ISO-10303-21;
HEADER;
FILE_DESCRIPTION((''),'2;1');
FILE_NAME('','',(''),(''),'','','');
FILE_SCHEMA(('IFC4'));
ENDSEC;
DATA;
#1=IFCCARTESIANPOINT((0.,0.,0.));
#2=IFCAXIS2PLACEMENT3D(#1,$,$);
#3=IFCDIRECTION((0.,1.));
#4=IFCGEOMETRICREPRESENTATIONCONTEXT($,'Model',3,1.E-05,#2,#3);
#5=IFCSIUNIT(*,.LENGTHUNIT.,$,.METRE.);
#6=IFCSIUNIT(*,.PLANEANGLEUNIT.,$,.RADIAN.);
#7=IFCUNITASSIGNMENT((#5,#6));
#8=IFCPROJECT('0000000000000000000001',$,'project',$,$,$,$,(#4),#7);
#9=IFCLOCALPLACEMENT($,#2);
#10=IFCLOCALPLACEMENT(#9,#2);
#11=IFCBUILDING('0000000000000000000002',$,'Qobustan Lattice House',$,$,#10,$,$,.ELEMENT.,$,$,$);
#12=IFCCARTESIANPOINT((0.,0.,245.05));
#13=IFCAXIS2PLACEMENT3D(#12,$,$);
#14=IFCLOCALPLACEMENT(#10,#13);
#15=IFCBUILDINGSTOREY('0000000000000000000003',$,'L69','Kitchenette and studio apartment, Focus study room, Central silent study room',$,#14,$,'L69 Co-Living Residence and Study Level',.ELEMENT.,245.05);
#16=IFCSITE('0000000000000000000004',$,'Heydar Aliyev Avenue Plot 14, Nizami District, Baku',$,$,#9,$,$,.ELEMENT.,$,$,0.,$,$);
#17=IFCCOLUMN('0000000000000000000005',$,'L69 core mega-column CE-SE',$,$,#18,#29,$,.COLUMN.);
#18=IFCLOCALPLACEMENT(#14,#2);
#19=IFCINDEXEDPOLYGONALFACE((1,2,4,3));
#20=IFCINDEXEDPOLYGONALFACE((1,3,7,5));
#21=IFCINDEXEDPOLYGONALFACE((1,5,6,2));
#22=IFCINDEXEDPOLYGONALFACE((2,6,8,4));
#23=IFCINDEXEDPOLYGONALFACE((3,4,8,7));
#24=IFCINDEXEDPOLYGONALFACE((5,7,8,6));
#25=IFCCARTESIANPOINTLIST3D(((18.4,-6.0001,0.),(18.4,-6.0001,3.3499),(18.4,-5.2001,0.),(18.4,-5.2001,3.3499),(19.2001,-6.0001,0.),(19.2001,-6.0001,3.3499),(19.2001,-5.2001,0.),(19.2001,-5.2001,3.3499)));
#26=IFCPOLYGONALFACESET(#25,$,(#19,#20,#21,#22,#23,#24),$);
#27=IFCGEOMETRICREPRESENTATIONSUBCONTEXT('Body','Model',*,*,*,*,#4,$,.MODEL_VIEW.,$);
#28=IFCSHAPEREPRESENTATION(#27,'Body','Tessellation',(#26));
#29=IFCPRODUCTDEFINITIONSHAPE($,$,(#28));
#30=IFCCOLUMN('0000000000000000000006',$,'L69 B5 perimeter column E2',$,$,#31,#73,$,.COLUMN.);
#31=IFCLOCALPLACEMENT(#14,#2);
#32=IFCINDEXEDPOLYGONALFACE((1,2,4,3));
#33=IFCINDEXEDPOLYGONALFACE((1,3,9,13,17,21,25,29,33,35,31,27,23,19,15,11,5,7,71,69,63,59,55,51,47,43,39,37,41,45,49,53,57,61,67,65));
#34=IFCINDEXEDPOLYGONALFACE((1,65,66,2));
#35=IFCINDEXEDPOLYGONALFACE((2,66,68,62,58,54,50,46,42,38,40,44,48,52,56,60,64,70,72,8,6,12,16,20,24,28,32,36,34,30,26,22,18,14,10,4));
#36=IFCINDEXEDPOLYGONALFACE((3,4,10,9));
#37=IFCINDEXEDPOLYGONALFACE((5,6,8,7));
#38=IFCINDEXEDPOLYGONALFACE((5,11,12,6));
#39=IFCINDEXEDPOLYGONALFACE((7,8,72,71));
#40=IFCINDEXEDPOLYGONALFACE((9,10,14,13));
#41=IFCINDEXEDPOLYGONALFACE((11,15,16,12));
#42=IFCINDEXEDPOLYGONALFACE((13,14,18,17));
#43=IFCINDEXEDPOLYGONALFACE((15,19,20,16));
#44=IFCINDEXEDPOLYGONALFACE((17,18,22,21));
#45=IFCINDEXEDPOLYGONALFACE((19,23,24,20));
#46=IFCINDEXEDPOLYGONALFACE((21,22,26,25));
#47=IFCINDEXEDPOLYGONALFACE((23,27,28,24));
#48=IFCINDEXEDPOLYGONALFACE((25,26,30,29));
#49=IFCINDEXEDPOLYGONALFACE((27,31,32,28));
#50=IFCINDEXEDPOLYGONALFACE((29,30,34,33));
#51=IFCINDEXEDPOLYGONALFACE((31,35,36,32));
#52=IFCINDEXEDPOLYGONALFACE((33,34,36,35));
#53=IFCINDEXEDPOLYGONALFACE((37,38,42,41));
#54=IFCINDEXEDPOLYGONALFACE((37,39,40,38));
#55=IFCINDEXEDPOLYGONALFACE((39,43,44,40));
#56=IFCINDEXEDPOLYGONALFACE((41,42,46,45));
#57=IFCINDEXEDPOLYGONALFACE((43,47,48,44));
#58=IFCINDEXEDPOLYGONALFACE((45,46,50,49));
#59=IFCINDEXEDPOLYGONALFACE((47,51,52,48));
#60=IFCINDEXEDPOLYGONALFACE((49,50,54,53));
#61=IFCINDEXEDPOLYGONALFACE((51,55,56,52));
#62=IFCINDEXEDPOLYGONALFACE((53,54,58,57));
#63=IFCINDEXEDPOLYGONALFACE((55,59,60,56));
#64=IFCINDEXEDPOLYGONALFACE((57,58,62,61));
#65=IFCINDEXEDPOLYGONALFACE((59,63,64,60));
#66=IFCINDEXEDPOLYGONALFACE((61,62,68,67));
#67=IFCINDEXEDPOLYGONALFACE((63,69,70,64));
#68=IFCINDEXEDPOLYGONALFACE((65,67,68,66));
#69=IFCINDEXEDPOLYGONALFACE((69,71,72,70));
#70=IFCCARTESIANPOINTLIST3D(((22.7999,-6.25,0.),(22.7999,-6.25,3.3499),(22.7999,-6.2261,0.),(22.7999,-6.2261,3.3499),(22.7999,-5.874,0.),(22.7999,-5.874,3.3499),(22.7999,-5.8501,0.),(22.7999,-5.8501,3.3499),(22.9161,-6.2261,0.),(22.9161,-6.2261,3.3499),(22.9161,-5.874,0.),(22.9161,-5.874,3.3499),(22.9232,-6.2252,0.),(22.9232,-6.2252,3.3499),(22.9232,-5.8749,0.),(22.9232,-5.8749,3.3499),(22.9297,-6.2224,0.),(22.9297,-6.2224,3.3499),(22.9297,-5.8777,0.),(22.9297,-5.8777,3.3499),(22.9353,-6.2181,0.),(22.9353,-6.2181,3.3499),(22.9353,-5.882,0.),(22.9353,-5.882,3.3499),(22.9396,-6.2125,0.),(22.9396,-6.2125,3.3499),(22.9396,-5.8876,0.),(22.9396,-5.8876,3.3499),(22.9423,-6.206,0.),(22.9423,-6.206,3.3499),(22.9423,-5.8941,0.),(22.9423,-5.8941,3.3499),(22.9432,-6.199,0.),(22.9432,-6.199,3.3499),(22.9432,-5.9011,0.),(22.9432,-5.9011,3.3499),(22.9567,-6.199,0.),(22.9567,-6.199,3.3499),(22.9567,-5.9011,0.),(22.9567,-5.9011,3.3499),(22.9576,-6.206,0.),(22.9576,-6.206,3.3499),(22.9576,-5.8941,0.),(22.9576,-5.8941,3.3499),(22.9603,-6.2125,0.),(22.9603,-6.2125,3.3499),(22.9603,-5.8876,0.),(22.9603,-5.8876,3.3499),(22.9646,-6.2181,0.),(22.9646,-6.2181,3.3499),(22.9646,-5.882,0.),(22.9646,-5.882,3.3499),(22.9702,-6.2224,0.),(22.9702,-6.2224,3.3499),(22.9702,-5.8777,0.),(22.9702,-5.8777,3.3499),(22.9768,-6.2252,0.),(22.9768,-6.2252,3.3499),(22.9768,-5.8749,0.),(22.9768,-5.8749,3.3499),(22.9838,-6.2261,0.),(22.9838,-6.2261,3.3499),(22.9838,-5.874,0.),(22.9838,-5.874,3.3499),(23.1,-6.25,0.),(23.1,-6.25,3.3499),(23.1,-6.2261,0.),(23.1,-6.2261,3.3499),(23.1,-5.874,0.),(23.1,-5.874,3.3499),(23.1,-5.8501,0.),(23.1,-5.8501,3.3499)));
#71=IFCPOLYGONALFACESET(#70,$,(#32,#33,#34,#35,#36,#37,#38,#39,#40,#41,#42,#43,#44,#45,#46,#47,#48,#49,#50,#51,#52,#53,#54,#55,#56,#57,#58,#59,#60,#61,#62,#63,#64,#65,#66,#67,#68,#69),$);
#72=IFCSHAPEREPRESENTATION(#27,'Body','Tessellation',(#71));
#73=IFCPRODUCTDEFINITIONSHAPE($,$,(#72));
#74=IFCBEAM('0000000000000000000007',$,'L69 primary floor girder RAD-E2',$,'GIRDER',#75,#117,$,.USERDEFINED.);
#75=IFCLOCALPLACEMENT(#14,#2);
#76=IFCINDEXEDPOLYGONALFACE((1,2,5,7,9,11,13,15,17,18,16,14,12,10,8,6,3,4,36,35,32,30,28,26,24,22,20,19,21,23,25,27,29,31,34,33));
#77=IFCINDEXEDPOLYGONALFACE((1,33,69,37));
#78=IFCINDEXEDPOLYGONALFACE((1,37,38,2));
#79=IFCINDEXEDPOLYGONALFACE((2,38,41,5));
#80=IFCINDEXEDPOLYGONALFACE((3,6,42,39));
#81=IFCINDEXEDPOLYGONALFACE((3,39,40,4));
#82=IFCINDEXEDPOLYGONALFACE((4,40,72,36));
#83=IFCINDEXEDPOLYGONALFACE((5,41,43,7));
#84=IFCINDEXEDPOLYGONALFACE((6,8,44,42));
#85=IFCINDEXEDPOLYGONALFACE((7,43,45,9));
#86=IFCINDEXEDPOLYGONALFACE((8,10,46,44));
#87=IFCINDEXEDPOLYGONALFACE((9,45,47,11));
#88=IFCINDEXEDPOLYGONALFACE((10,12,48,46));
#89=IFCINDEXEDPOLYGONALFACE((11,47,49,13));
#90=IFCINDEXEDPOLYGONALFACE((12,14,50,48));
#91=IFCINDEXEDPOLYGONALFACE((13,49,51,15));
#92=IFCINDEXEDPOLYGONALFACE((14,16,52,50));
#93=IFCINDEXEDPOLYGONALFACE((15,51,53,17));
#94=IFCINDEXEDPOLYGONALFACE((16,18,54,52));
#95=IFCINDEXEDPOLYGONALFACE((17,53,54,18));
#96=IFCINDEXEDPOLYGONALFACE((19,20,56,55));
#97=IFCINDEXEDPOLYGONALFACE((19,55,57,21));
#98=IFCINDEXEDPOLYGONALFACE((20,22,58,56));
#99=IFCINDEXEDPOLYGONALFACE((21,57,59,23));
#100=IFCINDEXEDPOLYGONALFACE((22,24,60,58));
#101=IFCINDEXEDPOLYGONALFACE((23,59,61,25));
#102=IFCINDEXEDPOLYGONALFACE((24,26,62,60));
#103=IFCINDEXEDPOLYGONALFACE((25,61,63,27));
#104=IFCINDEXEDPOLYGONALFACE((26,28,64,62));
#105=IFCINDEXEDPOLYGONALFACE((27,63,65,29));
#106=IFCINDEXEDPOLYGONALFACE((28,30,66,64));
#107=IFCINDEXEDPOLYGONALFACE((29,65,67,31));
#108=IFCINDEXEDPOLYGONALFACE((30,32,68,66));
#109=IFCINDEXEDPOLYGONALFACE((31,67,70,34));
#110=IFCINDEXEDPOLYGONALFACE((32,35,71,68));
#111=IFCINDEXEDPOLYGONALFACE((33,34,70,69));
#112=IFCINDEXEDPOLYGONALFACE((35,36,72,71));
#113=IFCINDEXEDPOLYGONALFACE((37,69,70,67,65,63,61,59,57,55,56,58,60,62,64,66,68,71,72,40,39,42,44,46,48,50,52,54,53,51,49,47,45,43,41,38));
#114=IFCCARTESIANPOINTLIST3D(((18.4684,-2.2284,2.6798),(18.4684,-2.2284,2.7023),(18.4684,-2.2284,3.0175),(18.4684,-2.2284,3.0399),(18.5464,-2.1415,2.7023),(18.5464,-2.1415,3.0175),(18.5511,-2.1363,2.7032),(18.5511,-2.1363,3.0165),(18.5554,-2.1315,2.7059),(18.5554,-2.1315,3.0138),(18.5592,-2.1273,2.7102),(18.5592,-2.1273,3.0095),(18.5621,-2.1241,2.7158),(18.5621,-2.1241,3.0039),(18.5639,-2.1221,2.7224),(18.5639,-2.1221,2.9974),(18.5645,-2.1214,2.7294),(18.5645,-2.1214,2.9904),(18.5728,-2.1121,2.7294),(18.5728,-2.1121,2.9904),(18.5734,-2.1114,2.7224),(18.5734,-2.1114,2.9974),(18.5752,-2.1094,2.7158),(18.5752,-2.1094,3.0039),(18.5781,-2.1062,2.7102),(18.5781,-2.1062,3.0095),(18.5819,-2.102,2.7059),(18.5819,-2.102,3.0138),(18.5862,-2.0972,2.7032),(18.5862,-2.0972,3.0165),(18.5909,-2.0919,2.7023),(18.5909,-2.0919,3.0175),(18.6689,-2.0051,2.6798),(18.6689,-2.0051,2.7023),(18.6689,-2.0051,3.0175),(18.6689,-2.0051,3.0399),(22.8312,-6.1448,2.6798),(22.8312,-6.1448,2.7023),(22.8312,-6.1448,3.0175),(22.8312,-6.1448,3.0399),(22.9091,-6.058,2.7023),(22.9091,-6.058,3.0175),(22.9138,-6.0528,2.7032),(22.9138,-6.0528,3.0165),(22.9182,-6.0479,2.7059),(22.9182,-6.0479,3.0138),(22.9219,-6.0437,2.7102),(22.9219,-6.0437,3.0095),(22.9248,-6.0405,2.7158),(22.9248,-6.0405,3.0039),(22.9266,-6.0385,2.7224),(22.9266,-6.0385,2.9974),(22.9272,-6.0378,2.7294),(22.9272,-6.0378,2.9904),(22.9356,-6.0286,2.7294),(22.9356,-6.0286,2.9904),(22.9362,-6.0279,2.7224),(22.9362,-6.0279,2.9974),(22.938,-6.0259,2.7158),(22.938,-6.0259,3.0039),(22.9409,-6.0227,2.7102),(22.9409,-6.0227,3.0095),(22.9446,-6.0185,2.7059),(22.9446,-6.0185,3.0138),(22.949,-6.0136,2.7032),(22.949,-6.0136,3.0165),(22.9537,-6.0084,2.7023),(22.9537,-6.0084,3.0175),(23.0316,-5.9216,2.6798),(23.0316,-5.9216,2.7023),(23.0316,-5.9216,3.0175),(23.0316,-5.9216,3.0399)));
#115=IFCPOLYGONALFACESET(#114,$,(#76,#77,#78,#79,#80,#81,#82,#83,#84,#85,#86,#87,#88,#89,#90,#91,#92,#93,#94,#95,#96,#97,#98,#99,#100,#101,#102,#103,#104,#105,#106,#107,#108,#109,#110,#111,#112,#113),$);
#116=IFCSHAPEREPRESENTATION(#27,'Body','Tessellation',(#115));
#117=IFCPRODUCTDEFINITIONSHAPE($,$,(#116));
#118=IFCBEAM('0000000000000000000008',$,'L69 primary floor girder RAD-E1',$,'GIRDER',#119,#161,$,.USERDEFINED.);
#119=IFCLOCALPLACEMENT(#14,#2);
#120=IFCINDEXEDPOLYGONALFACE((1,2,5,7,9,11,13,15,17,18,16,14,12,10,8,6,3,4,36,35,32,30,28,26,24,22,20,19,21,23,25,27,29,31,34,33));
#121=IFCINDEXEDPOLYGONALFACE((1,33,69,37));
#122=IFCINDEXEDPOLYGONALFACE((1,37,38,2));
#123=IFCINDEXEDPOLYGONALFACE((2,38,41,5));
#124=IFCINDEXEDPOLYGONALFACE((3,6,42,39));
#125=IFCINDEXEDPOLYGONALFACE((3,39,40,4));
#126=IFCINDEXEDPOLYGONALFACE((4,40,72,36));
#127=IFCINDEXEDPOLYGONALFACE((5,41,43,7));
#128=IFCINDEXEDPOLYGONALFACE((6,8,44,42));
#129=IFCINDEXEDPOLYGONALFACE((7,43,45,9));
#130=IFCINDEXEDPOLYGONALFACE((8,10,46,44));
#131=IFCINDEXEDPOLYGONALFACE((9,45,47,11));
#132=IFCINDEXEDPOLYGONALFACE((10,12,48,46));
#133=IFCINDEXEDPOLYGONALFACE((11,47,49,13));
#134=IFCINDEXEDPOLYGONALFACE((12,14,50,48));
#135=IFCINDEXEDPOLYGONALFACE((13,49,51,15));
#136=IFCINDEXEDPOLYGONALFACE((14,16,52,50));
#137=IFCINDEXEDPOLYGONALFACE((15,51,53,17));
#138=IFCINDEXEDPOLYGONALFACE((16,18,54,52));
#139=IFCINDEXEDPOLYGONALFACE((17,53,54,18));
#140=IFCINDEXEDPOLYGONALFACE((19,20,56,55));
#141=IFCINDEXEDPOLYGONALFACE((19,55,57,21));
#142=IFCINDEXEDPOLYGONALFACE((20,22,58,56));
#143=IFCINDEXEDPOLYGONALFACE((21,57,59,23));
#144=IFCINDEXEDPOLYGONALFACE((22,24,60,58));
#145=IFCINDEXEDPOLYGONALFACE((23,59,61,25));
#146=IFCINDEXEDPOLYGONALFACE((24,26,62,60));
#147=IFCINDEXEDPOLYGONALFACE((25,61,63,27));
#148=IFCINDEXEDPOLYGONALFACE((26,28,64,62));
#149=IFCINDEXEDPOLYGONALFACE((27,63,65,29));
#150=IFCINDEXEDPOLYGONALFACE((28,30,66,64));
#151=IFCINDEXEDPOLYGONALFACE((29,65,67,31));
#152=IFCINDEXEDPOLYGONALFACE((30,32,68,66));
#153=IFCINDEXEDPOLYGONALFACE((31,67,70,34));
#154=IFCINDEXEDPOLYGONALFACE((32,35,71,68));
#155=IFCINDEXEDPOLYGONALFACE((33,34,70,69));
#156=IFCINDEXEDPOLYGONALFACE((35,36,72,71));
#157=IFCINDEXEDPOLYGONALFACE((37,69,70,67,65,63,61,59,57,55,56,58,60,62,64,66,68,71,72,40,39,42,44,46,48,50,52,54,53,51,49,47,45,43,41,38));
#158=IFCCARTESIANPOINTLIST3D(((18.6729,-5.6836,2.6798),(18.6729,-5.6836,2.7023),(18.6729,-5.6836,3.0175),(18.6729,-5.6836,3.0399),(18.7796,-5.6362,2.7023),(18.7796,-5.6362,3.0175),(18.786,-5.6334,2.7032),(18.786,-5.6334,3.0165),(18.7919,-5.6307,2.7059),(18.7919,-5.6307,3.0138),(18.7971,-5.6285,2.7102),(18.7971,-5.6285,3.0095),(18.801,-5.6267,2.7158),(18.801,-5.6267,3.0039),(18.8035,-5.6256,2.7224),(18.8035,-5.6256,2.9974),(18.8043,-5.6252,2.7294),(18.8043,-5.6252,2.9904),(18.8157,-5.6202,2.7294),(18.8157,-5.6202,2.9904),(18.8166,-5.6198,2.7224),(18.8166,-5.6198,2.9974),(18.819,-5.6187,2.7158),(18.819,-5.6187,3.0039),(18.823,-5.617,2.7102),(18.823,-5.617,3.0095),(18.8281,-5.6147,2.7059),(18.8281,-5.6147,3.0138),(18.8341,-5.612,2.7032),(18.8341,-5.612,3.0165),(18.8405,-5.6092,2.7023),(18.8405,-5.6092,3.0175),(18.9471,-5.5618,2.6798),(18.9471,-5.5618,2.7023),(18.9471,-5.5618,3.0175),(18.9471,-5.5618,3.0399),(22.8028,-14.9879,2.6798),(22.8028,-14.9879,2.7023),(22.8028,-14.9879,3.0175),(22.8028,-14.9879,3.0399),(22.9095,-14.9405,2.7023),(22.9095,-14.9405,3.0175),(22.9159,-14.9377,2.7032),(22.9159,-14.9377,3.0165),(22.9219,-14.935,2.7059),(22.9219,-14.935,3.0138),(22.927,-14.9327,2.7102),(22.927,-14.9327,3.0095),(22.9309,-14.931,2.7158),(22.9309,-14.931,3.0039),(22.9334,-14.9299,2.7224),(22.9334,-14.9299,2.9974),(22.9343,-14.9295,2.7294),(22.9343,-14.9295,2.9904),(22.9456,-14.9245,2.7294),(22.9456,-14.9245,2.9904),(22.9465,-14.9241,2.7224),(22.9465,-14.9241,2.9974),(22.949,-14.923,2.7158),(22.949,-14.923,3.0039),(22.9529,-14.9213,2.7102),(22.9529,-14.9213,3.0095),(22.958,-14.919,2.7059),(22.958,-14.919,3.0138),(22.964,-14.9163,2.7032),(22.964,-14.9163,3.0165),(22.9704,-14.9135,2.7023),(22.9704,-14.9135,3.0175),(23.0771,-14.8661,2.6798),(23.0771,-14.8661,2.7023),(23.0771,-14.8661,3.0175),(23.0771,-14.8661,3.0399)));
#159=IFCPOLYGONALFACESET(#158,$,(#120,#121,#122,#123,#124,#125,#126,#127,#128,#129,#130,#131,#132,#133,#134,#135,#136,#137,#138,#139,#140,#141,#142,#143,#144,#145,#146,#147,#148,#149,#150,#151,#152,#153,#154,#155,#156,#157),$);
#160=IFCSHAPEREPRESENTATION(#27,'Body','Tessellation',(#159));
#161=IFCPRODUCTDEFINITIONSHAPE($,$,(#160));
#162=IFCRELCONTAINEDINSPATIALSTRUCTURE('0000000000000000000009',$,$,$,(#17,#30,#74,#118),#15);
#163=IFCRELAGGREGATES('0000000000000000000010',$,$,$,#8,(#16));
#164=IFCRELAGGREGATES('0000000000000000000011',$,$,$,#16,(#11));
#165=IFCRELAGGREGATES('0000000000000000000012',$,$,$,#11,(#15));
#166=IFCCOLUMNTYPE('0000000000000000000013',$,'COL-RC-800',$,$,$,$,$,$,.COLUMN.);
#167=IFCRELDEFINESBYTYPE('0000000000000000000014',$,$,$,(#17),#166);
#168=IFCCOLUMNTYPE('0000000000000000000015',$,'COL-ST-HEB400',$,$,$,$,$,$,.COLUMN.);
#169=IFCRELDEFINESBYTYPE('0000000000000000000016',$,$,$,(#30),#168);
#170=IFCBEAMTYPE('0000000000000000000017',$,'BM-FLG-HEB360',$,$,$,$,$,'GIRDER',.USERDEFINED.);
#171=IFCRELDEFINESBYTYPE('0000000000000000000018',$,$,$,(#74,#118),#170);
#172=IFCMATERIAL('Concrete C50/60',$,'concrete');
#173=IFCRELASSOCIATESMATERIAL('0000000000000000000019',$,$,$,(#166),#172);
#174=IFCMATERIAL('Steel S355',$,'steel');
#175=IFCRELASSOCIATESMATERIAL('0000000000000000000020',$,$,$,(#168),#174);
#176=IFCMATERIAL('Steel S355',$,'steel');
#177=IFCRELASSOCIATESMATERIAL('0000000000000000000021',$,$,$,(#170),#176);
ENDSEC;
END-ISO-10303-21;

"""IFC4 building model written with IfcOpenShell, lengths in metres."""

from ifc_helpers import new_model, si_unit, direction, frame, origin, origin_2d, place, context, subcontext, project, spatial, rectangle, i_section, extrude, material, material_profile, profile_set, type_object, element, save


model = new_model("IFC4")

# Units and contexts
model_context = context("Model", 3, precision=1e-05, world=origin(), true_north=direction((0.0, 1.0)))
body_context = subcontext(model_context, "Body", "Model", "MODEL_VIEW")
ifc_project = project(units=[si_unit("LENGTHUNIT", "METRE"), si_unit("PLANEANGLEUNIT", "RADIAN")], contexts=[model_context])

# Site, building, storey
site_placement = place(None, origin())
site = spatial("IfcSite", under=ifc_project, at=site_placement, Name="Heydar Aliyev Avenue Plot 14, Nizami District, Baku", CompositionType="ELEMENT", RefElevation=0.0)
building_placement = place(site_placement, origin())
building = spatial("IfcBuilding", under=site, at=building_placement, Name="Qobustan Lattice House", CompositionType="ELEMENT")
storey_placement = place(building_placement, frame((0.0, 0.0, 245.05)))
storey = spatial("IfcBuildingStorey", under=building, at=storey_placement, Name="L69", Description="Kitchenette and studio apartment, Focus study room, Central silent study room", LongName="L69 Co-Living Residence and Study Level", CompositionType="ELEMENT", Elevation=245.05)

# Columns
ifc_material_1 = material(Name="Concrete C50/60", Category="concrete")
ifc_material_profile_1 = material_profile(ifc_material_1, rectangle(XDim=0.8, YDim=0.8, at=origin_2d()), Name="RC800x800")
ifc_profile_set_1 = profile_set([ifc_material_profile_1], Name="Concrete C50/60")
column_type_1 = type_object("IfcColumnType", Name="COL-RC-800", PredefinedType="COLUMN", material=ifc_profile_set_1)
column_1_placement = place(storey_placement, frame((18.8, -5.6001, 0.0), z_axis=(0.0, 0.0, 1.0), x_axis=(1.0, 0.0, 0.0)))
element("IfcColumn", 1, at=column_1_placement, inside=storey, type_object=column_type_1, Name="L69 core mega-column CE-SE", PredefinedType="COLUMN", context=body_context, shape_type="SweptSolid", body=[
    extrude(rectangle(XDim=0.8, YDim=0.8, at=origin_2d()), origin(), (0.0, 0.0, 1.0), 3.3499),
])
ifc_material_2 = material(Name="Steel S355", Category="steel")
ifc_material_profile_2 = material_profile(ifc_material_2, i_section(OverallWidth=0.3, OverallDepth=0.3999, WebThickness=0.0134, FlangeThickness=0.0239, FilletRadius=0.0271, at=origin_2d()), Name="HEB400")
ifc_profile_set_2 = profile_set([ifc_material_profile_2], Name="Steel S355")
column_type_2 = type_object("IfcColumnType", Name="COL-ST-HEB400", PredefinedType="COLUMN", material=ifc_profile_set_2)
column_2_placement = place(storey_placement, frame((22.95, -6.05, 0.0), z_axis=(0.0, 0.0, 1.0), x_axis=(1.0, 0.0, 0.0)))
element("IfcColumn", 2, at=column_2_placement, inside=storey, type_object=column_type_2, Name="L69 B5 perimeter column E2", PredefinedType="COLUMN", context=body_context, shape_type="SweptSolid", body=[
    extrude(i_section(OverallWidth=0.3, OverallDepth=0.3999, WebThickness=0.0134, FlangeThickness=0.0239, FilletRadius=0.0271, at=origin_2d()), origin(), (0.0, 0.0, 1.0), 3.3499),
])

# Beams
ifc_material_3 = material(Name="Steel S355", Category="steel")
ifc_material_profile_3 = material_profile(ifc_material_3, i_section(OverallWidth=0.3, OverallDepth=0.3601, WebThickness=0.0125, FlangeThickness=0.0225, FilletRadius=0.0271, at=origin_2d()), Name="HEB360")
ifc_profile_set_3 = profile_set([ifc_material_profile_3], Name="Steel S355")
beam_type_1 = type_object("IfcBeamType", Name="BM-FLG-HEB360", ElementType="GIRDER", PredefinedType="USERDEFINED", material=ifc_profile_set_3)
beam_1_placement = place(storey_placement, frame((22.9314, -6.0332, 2.8599), z_axis=(-0.744142, 0.668021, 0.0), x_axis=(-0.668021, -0.744142, 0.0)))
element("IfcBeam", 3, at=beam_1_placement, inside=storey, type_object=beam_type_1, Name="L69 primary floor girder RAD-E2", ObjectType="GIRDER", PredefinedType="USERDEFINED", context=body_context, shape_type="SweptSolid", body=[
    extrude(i_section(OverallWidth=0.3, OverallDepth=0.3601, WebThickness=0.0125, FlangeThickness=0.0225, FilletRadius=0.0271, at=origin_2d()), origin(), (0.0, 0.0, 1.0), 5.8628),
])
beam_2_placement = place(storey_placement, frame((22.9399, -14.927, 2.8599), z_axis=(-0.405702, 0.914005, 0.0), x_axis=(-0.914005, -0.405702, 0.0)))
element("IfcBeam", 4, at=beam_2_placement, inside=storey, type_object=beam_type_1, Name="L69 primary floor girder RAD-E1", ObjectType="GIRDER", PredefinedType="USERDEFINED", context=body_context, shape_type="SweptSolid", body=[
    extrude(i_section(OverallWidth=0.3, OverallDepth=0.3601, WebThickness=0.0125, FlangeThickness=0.0225, FilletRadius=0.0271, at=origin_2d()), origin(), (0.0, 0.0, 1.0), 10.1797),
])

save(model, "model.ifc")
